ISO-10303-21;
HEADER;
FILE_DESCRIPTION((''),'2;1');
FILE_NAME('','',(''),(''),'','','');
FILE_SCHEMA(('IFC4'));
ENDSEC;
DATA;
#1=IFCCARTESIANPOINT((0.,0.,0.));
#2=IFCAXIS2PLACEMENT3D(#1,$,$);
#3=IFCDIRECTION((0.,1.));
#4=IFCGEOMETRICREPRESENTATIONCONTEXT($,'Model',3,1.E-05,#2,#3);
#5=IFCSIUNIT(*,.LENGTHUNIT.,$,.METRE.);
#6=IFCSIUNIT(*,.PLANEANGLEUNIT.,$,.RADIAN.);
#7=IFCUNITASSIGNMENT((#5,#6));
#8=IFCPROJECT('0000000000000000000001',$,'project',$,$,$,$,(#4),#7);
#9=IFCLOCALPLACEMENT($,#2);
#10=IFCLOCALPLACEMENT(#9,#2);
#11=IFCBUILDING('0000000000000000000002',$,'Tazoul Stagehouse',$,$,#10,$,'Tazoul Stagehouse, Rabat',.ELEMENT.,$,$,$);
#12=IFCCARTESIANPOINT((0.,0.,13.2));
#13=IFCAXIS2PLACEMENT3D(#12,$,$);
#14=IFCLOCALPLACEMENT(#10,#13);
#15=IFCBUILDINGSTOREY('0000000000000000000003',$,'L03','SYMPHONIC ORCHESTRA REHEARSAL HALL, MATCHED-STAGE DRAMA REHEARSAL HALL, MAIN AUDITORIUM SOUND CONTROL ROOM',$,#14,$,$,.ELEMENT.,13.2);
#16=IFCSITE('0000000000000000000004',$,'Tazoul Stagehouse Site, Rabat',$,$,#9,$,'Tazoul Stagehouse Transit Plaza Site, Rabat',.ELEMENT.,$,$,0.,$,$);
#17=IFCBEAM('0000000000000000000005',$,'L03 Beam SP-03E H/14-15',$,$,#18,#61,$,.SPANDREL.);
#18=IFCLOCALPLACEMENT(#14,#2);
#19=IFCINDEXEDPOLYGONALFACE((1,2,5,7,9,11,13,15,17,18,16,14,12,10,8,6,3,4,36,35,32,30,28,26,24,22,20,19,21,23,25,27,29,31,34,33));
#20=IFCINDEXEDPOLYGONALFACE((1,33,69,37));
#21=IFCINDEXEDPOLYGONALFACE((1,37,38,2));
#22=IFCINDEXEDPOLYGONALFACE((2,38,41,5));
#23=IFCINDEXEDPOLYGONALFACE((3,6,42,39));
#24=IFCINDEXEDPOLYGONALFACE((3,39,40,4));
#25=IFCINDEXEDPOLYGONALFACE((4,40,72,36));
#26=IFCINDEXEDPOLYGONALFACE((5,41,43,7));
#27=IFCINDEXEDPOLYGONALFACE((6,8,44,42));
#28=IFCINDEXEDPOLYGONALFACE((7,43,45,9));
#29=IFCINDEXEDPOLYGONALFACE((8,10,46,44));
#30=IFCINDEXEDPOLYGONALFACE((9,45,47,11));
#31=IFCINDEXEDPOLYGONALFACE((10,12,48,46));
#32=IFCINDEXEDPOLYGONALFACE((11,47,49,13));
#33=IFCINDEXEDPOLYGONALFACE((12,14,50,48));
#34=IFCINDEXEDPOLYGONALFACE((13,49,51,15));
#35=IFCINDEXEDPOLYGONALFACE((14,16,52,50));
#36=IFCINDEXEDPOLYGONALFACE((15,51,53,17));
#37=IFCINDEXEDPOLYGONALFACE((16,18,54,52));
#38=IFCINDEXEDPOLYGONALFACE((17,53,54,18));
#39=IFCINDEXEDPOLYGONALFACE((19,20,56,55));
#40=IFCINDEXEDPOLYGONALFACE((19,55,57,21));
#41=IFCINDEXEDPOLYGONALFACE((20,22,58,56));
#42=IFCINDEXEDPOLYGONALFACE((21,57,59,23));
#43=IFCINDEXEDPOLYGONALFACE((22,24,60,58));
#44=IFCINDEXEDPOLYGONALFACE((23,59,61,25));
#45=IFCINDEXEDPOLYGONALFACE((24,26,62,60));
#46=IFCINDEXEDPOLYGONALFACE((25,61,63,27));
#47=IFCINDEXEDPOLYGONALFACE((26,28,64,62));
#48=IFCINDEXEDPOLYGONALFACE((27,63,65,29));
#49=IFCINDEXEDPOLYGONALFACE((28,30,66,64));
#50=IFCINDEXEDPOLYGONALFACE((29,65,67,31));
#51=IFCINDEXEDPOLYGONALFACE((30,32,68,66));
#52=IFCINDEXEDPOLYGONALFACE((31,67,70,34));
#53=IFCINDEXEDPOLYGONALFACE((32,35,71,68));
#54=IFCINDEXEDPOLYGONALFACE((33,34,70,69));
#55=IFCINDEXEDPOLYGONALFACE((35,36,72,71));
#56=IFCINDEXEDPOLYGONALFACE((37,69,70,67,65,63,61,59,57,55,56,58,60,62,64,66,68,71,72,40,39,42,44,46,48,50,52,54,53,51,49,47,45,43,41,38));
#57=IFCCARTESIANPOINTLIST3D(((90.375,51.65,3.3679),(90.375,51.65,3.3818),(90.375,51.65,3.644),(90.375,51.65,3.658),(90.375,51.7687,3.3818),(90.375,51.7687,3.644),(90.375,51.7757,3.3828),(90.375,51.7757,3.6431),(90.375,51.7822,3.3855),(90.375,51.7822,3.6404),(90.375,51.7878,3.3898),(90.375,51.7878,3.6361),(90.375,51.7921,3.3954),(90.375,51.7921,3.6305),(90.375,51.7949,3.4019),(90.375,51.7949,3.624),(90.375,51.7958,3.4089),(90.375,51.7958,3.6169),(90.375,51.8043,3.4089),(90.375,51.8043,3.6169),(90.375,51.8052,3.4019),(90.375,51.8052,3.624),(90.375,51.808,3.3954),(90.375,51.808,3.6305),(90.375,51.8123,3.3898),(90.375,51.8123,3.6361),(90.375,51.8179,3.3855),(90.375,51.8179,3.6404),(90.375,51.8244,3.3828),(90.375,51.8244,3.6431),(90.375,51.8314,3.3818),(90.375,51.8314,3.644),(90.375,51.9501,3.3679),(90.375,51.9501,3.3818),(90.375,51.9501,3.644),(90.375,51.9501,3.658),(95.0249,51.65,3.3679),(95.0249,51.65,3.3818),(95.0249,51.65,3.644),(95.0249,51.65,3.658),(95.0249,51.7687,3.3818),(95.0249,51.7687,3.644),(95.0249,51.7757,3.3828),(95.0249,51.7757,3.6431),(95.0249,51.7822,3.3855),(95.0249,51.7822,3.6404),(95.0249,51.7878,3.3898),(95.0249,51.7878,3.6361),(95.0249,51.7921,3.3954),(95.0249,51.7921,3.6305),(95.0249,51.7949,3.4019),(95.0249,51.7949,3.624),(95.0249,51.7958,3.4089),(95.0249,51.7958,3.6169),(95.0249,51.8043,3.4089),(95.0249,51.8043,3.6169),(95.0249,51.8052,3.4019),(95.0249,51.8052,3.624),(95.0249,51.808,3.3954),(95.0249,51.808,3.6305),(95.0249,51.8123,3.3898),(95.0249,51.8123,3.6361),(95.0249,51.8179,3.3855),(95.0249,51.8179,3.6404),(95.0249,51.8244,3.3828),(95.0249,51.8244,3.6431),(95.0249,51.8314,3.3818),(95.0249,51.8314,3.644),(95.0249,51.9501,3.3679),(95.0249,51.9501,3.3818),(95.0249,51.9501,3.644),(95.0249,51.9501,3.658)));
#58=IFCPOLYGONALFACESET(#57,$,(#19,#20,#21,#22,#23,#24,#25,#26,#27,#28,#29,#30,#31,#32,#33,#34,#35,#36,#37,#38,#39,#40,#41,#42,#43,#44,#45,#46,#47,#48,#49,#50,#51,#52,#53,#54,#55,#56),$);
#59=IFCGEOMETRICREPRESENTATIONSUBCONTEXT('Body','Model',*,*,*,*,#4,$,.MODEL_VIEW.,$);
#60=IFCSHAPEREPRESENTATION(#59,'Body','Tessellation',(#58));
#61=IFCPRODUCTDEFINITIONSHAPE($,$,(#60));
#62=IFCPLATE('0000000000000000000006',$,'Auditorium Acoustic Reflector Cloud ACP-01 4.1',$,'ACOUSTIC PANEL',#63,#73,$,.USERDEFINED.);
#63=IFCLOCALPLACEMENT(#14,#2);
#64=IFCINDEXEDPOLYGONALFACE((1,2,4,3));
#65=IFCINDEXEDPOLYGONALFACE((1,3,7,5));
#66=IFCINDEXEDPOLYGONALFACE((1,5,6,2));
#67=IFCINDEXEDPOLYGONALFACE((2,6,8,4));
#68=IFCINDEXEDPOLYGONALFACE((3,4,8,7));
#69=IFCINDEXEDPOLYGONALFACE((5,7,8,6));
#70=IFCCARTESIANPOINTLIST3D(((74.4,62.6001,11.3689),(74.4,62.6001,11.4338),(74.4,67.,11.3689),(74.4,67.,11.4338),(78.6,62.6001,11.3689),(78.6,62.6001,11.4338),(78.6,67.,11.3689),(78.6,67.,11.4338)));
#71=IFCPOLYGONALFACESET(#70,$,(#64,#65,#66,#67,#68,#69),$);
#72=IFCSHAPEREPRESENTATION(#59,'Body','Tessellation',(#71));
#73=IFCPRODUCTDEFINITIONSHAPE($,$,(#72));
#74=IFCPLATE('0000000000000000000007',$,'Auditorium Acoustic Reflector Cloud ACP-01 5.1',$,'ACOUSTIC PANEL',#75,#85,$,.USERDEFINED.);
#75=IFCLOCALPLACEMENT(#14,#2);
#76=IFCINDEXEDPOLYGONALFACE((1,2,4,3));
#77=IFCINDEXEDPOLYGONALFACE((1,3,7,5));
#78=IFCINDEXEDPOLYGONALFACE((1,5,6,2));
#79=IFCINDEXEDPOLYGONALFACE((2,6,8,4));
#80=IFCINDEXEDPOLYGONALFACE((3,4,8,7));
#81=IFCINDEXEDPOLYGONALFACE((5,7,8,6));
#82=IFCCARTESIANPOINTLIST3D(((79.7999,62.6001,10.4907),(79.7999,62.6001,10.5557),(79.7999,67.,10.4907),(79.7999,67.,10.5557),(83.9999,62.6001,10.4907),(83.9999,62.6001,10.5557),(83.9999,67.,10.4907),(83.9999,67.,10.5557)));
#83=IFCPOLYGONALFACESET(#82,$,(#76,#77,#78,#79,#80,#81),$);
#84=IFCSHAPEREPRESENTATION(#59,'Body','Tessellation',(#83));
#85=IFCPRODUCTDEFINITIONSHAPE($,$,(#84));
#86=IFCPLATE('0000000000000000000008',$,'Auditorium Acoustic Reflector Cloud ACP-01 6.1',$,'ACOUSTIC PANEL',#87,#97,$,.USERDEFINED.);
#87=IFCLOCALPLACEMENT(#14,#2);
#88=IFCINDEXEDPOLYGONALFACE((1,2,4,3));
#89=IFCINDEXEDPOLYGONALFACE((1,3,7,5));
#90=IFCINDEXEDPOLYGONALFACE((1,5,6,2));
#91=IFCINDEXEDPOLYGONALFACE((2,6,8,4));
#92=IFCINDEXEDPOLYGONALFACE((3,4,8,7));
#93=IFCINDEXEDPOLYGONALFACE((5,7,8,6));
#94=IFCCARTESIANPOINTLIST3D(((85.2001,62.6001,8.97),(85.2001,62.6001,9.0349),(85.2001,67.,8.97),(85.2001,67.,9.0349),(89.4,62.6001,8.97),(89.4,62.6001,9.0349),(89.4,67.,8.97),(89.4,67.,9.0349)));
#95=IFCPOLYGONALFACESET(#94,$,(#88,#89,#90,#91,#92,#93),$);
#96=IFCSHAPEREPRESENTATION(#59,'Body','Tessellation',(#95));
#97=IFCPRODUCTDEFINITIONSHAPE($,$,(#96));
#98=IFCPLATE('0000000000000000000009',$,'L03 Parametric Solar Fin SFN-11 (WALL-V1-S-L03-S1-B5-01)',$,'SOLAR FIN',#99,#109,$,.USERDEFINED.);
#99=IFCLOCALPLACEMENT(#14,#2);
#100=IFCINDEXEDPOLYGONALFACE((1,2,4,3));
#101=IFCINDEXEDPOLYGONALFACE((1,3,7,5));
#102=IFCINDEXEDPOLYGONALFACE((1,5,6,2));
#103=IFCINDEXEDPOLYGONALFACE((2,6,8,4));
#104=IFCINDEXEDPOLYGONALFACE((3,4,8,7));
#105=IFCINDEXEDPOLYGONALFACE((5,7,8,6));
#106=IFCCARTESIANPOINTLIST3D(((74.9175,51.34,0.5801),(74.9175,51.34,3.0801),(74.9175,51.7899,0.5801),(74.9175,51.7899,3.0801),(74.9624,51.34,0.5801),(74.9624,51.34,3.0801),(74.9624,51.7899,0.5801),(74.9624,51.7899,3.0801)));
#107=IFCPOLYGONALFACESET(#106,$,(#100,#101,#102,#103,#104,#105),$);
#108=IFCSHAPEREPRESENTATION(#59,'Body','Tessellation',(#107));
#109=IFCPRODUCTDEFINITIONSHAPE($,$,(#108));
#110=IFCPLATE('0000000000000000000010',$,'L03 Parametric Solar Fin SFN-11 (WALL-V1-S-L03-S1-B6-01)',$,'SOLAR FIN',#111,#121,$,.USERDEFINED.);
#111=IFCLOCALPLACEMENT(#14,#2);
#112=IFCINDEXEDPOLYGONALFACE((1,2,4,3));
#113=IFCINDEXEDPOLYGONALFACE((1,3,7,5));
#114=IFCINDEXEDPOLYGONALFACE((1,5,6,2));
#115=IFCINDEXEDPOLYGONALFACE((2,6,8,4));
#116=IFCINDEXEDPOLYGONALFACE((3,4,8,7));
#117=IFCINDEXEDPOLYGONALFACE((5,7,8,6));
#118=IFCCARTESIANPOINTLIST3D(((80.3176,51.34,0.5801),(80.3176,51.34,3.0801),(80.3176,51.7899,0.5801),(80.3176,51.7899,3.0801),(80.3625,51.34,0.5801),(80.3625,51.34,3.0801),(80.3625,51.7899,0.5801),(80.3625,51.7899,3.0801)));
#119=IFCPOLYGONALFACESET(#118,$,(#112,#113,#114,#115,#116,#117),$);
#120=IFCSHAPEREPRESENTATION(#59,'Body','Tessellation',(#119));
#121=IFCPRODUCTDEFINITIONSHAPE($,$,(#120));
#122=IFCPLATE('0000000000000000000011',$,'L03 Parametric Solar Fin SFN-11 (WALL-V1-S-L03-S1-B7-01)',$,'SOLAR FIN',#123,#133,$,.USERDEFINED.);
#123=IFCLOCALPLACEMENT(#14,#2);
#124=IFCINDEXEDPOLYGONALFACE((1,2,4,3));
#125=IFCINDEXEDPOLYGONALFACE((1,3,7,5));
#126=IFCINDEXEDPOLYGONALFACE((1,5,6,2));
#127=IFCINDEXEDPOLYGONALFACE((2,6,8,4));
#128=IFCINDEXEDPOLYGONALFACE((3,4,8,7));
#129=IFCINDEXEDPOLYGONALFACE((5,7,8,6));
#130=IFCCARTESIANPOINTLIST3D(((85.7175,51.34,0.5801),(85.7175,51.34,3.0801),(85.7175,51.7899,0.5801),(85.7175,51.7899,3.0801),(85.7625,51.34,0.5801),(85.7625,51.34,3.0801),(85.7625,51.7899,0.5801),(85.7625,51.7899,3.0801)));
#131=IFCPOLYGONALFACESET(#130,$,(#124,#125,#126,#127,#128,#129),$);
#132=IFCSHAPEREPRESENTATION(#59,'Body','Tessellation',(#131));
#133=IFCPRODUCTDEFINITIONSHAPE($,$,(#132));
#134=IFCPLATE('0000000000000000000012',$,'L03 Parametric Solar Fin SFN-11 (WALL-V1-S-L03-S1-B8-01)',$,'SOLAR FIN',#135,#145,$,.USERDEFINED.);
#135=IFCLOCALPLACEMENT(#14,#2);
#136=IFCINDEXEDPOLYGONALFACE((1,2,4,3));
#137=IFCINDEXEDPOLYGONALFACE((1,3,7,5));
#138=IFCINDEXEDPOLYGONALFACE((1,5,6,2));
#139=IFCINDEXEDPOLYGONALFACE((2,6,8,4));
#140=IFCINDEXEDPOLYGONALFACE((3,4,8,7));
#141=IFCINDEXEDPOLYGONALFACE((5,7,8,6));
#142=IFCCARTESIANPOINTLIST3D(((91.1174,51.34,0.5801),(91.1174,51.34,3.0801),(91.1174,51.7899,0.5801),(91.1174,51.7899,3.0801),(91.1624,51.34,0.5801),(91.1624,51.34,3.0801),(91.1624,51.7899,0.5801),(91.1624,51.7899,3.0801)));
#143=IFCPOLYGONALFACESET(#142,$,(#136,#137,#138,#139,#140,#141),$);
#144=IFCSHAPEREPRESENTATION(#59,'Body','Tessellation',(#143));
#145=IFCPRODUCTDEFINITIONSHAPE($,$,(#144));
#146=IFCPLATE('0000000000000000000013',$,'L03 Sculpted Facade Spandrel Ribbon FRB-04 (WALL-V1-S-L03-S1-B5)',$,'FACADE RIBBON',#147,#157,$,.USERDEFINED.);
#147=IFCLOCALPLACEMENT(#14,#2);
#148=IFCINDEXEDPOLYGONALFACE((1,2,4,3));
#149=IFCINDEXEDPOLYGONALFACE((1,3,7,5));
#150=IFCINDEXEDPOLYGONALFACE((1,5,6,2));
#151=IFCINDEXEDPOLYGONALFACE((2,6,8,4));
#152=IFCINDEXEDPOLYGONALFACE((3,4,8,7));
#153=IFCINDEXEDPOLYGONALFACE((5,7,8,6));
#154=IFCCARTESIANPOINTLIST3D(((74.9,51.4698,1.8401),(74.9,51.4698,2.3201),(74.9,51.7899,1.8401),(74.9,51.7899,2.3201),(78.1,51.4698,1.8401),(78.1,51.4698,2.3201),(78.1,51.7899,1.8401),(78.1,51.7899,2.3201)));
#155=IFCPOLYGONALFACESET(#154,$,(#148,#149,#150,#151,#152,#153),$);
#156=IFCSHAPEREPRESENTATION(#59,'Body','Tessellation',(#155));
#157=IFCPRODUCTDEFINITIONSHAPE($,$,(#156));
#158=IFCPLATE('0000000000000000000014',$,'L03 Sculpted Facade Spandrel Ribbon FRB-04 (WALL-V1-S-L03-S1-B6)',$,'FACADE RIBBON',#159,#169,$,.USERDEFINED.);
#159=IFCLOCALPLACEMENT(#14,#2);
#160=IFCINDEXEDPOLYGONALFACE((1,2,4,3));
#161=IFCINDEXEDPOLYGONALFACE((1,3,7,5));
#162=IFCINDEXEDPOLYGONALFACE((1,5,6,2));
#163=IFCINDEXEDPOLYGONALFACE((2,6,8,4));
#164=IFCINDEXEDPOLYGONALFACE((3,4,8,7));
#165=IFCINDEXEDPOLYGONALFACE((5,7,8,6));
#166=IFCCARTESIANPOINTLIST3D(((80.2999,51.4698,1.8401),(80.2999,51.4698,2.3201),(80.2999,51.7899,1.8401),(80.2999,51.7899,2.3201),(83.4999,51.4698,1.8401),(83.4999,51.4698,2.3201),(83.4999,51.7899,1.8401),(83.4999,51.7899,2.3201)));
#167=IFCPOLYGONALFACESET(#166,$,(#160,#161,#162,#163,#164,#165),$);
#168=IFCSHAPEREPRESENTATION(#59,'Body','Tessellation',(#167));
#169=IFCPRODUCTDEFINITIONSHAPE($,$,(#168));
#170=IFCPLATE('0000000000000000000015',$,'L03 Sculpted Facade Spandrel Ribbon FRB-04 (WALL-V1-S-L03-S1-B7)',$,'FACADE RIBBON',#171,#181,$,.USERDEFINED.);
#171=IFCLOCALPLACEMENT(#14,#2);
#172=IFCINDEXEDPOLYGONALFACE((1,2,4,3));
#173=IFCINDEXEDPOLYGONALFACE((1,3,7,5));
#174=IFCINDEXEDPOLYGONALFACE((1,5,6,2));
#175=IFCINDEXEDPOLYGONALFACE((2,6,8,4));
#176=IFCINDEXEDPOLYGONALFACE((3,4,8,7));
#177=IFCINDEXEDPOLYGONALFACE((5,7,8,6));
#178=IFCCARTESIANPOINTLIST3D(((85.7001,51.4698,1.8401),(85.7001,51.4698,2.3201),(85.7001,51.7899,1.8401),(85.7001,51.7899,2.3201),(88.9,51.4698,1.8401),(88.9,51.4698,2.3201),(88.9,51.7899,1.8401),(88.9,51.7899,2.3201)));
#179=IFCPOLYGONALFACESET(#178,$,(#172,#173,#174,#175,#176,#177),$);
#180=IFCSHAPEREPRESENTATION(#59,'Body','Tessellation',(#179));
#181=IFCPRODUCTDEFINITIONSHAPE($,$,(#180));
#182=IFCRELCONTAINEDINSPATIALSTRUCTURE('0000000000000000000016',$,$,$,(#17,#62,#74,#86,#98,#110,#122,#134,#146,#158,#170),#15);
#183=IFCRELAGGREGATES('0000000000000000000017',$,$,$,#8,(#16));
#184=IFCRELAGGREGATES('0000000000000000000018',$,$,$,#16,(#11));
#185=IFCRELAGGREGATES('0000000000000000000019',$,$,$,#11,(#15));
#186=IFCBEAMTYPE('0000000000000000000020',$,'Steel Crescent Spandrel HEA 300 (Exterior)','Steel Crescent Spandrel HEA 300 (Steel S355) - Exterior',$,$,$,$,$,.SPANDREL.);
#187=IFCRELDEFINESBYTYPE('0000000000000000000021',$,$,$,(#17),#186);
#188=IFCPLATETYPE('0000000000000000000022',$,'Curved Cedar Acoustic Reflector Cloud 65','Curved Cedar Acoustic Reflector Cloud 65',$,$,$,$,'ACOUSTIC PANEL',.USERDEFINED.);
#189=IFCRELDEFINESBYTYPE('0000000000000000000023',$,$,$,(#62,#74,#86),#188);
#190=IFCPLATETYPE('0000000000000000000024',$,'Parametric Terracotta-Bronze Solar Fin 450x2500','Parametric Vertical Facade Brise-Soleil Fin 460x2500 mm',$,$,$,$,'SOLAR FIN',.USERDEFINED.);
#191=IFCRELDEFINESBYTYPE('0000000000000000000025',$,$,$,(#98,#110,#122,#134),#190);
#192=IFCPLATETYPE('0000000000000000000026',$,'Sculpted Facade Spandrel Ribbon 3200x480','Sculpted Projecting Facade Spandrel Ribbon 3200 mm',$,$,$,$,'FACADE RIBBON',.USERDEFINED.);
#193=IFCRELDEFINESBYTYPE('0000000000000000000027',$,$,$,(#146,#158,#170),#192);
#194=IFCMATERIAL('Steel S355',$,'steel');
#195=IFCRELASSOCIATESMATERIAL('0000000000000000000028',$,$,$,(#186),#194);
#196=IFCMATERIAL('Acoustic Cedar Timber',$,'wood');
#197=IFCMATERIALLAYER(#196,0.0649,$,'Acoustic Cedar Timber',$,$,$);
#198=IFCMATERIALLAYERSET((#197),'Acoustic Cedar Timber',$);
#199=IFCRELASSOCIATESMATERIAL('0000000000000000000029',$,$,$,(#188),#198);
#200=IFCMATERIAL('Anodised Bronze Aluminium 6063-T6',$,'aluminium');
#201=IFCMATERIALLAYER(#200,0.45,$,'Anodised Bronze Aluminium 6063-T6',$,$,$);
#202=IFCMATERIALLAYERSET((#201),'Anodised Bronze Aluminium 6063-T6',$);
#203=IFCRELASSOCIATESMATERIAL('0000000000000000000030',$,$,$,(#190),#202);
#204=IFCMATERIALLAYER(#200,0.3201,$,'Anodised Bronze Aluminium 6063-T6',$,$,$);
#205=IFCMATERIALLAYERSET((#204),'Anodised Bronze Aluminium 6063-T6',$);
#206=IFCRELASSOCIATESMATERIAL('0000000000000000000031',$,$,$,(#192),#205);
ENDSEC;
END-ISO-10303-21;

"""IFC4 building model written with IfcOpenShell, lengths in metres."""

from ifc_helpers import new_model, si_unit, direction, frame, origin, origin_2d, place, context, subcontext, project, spatial, rectangle, i_section, extrude, material, layer, layer_set, material_profile, profile_set, type_object, element, save


model = new_model("IFC4")

# Units and contexts
model_context = context("Model", 3, precision=1e-05, world=origin(), true_north=direction((0.0, 1.0)))
body_context = subcontext(model_context, "Body", "Model", "MODEL_VIEW")
ifc_project = project(units=[si_unit("LENGTHUNIT", "METRE"), si_unit("PLANEANGLEUNIT", "RADIAN")], contexts=[model_context])

# Site, building, storey
site_placement = place(None, origin())
site = spatial("IfcSite", under=ifc_project, at=site_placement, Name="Tazoul Stagehouse Site, Rabat", LongName="Tazoul Stagehouse Transit Plaza Site, Rabat", CompositionType="ELEMENT", RefElevation=0.0)
building_placement = place(site_placement, origin())
building = spatial("IfcBuilding", under=site, at=building_placement, Name="Tazoul Stagehouse", LongName="Tazoul Stagehouse, Rabat", CompositionType="ELEMENT")
storey_placement = place(building_placement, frame((0.0, 0.0, 13.2)))
storey = spatial("IfcBuildingStorey", under=building, at=storey_placement, Name="L03", Description="SYMPHONIC ORCHESTRA REHEARSAL HALL, MATCHED-STAGE DRAMA REHEARSAL HALL, MAIN AUDITORIUM SOUND CONTROL ROOM", CompositionType="ELEMENT", Elevation=13.2)

# Beam
ifc_material_1 = material(Name="Steel S355", Category="steel")
ifc_material_profile_1 = material_profile(ifc_material_1, i_section(OverallWidth=0.3, OverallDepth=0.29, WebThickness=0.0085, FlangeThickness=0.0139, FilletRadius=0.0271, at=origin_2d()), Name="HEA 300")
ifc_profile_set_1 = profile_set([ifc_material_profile_1], Name="Steel S355")
beam_type = type_object("IfcBeamType", Name="Steel Crescent Spandrel HEA 300 (Exterior)", Description="Steel Crescent Spandrel HEA 300 (Steel S355) - Exterior", PredefinedType="SPANDREL", material=ifc_profile_set_1)
for number, where, z_axis, x_axis, name in (
    (1, (90.375, 51.8, 3.5129), (1.0, 0.0, 0.0), (0.0, 1.0, 0.0), "L03 Beam SP-03E H/14-15"),
):
    element("IfcBeam", number, at=place(storey_placement, frame(where, z_axis=z_axis, x_axis=x_axis)), inside=storey, type_object=beam_type, Name=name, PredefinedType="SPANDREL", context=body_context, shape_type="SweptSolid", body=[
        extrude(i_section(OverallWidth=0.3, OverallDepth=0.29, WebThickness=0.0085, FlangeThickness=0.0139, FilletRadius=0.0271, at=origin_2d()), origin(), (0.0, 0.0, 1.0), 4.6499),
    ])

# Plates
ifc_material_2 = material(Name="Acoustic Cedar Timber", Category="wood")
ifc_layer_1 = layer(ifc_material_2, 0.0649, Name="Acoustic Cedar Timber")
ifc_layer_set_1 = layer_set([ifc_layer_1], Name="Acoustic Cedar Timber")
plate_type_1 = type_object("IfcPlateType", Name="Curved Cedar Acoustic Reflector Cloud 65", Description="Curved Cedar Acoustic Reflector Cloud 65", ElementType="ACOUSTIC PANEL", PredefinedType="USERDEFINED", material=ifc_layer_set_1)
for number, where, z_axis, x_axis, name in (
    (2, (76.5, 64.8, 11.3689), (0.0, 0.0, 1.0), (1.0, 0.0, 0.0), "Auditorium Acoustic Reflector Cloud ACP-01 4.1"),
    (3, (81.8999, 64.8, 10.4907), (0.0, 0.0, 1.0), (1.0, 0.0, 0.0), "Auditorium Acoustic Reflector Cloud ACP-01 5.1"),
    (4, (87.3, 64.8, 8.97), (0.0, 0.0, 1.0), (1.0, 0.0, 0.0), "Auditorium Acoustic Reflector Cloud ACP-01 6.1"),
):
    element("IfcPlate", number, at=place(storey_placement, frame(where, z_axis=z_axis, x_axis=x_axis)), inside=storey, type_object=plate_type_1, Name=name, ObjectType="ACOUSTIC PANEL", PredefinedType="USERDEFINED", context=body_context, shape_type="SweptSolid", body=[
        extrude(rectangle(XDim=4.2, YDim=4.3999, at=origin_2d()), origin(), (0.0, 0.0, 1.0), 0.0649),
    ])
ifc_material_3 = material(Name="Anodised Bronze Aluminium 6063-T6", Category="aluminium")
ifc_layer_2 = layer(ifc_material_3, 0.45, Name="Anodised Bronze Aluminium 6063-T6")
ifc_layer_set_2 = layer_set([ifc_layer_2], Name="Anodised Bronze Aluminium 6063-T6")
plate_type_2 = type_object("IfcPlateType", Name="Parametric Terracotta-Bronze Solar Fin 450x2500", Description="Parametric Vertical Facade Brise-Soleil Fin 460x2500 mm", ElementType="SOLAR FIN", PredefinedType="USERDEFINED", material=ifc_layer_set_2)
for number, where, z_axis, x_axis, name in (
    (5, (74.9399, 51.5649, 0.5801), (0.0, 0.0, 1.0), (1.0, 0.0, 0.0), "L03 Parametric Solar Fin SFN-11 (WALL-V1-S-L03-S1-B5-01)"),
    (6, (80.3401, 51.5649, 0.5801), (0.0, 0.0, 1.0), (1.0, 0.0, 0.0), "L03 Parametric Solar Fin SFN-11 (WALL-V1-S-L03-S1-B6-01)"),
    (7, (85.74, 51.5649, 0.5801), (0.0, 0.0, 1.0), (1.0, 0.0, 0.0), "L03 Parametric Solar Fin SFN-11 (WALL-V1-S-L03-S1-B7-01)"),
    (8, (91.1399, 51.5649, 0.5801), (0.0, 0.0, 1.0), (1.0, 0.0, 0.0), "L03 Parametric Solar Fin SFN-11 (WALL-V1-S-L03-S1-B8-01)"),
):
    element("IfcPlate", number, at=place(storey_placement, frame(where, z_axis=z_axis, x_axis=x_axis)), inside=storey, type_object=plate_type_2, Name=name, ObjectType="SOLAR FIN", PredefinedType="USERDEFINED", context=body_context, shape_type="SweptSolid", body=[
        extrude(rectangle(XDim=0.0449, YDim=0.45, at=origin_2d()), origin(), (0.0, 0.0, 1.0), 2.5),
    ])
ifc_layer_3 = layer(ifc_material_3, 0.3201, Name="Anodised Bronze Aluminium 6063-T6")
ifc_layer_set_3 = layer_set([ifc_layer_3], Name="Anodised Bronze Aluminium 6063-T6")
plate_type_3 = type_object("IfcPlateType", Name="Sculpted Facade Spandrel Ribbon 3200x480", Description="Sculpted Projecting Facade Spandrel Ribbon 3200 mm", ElementType="FACADE RIBBON", PredefinedType="USERDEFINED", material=ifc_layer_set_3)
for number, where, z_axis, x_axis, name in (
    (9, (76.5, 51.6299, 1.8401), (0.0, 0.0, 1.0), (1.0, 0.0, 0.0), "L03 Sculpted Facade Spandrel Ribbon FRB-04 (WALL-V1-S-L03-S1-B5)"),
    (10, (81.8999, 51.6299, 1.8401), (0.0, 0.0, 1.0), (1.0, 0.0, 0.0), "L03 Sculpted Facade Spandrel Ribbon FRB-04 (WALL-V1-S-L03-S1-B6)"),
    (11, (87.3, 51.6299, 1.8401), (0.0, 0.0, 1.0), (1.0, 0.0, 0.0), "L03 Sculpted Facade Spandrel Ribbon FRB-04 (WALL-V1-S-L03-S1-B7)"),
):
    element("IfcPlate", number, at=place(storey_placement, frame(where, z_axis=z_axis, x_axis=x_axis)), inside=storey, type_object=plate_type_3, Name=name, ObjectType="FACADE RIBBON", PredefinedType="USERDEFINED", context=body_context, shape_type="SweptSolid", body=[
        extrude(rectangle(XDim=3.2, YDim=0.3201, at=origin_2d()), origin(), (0.0, 0.0, 1.0), 0.48),
    ])

save(model, "model.ifc")
